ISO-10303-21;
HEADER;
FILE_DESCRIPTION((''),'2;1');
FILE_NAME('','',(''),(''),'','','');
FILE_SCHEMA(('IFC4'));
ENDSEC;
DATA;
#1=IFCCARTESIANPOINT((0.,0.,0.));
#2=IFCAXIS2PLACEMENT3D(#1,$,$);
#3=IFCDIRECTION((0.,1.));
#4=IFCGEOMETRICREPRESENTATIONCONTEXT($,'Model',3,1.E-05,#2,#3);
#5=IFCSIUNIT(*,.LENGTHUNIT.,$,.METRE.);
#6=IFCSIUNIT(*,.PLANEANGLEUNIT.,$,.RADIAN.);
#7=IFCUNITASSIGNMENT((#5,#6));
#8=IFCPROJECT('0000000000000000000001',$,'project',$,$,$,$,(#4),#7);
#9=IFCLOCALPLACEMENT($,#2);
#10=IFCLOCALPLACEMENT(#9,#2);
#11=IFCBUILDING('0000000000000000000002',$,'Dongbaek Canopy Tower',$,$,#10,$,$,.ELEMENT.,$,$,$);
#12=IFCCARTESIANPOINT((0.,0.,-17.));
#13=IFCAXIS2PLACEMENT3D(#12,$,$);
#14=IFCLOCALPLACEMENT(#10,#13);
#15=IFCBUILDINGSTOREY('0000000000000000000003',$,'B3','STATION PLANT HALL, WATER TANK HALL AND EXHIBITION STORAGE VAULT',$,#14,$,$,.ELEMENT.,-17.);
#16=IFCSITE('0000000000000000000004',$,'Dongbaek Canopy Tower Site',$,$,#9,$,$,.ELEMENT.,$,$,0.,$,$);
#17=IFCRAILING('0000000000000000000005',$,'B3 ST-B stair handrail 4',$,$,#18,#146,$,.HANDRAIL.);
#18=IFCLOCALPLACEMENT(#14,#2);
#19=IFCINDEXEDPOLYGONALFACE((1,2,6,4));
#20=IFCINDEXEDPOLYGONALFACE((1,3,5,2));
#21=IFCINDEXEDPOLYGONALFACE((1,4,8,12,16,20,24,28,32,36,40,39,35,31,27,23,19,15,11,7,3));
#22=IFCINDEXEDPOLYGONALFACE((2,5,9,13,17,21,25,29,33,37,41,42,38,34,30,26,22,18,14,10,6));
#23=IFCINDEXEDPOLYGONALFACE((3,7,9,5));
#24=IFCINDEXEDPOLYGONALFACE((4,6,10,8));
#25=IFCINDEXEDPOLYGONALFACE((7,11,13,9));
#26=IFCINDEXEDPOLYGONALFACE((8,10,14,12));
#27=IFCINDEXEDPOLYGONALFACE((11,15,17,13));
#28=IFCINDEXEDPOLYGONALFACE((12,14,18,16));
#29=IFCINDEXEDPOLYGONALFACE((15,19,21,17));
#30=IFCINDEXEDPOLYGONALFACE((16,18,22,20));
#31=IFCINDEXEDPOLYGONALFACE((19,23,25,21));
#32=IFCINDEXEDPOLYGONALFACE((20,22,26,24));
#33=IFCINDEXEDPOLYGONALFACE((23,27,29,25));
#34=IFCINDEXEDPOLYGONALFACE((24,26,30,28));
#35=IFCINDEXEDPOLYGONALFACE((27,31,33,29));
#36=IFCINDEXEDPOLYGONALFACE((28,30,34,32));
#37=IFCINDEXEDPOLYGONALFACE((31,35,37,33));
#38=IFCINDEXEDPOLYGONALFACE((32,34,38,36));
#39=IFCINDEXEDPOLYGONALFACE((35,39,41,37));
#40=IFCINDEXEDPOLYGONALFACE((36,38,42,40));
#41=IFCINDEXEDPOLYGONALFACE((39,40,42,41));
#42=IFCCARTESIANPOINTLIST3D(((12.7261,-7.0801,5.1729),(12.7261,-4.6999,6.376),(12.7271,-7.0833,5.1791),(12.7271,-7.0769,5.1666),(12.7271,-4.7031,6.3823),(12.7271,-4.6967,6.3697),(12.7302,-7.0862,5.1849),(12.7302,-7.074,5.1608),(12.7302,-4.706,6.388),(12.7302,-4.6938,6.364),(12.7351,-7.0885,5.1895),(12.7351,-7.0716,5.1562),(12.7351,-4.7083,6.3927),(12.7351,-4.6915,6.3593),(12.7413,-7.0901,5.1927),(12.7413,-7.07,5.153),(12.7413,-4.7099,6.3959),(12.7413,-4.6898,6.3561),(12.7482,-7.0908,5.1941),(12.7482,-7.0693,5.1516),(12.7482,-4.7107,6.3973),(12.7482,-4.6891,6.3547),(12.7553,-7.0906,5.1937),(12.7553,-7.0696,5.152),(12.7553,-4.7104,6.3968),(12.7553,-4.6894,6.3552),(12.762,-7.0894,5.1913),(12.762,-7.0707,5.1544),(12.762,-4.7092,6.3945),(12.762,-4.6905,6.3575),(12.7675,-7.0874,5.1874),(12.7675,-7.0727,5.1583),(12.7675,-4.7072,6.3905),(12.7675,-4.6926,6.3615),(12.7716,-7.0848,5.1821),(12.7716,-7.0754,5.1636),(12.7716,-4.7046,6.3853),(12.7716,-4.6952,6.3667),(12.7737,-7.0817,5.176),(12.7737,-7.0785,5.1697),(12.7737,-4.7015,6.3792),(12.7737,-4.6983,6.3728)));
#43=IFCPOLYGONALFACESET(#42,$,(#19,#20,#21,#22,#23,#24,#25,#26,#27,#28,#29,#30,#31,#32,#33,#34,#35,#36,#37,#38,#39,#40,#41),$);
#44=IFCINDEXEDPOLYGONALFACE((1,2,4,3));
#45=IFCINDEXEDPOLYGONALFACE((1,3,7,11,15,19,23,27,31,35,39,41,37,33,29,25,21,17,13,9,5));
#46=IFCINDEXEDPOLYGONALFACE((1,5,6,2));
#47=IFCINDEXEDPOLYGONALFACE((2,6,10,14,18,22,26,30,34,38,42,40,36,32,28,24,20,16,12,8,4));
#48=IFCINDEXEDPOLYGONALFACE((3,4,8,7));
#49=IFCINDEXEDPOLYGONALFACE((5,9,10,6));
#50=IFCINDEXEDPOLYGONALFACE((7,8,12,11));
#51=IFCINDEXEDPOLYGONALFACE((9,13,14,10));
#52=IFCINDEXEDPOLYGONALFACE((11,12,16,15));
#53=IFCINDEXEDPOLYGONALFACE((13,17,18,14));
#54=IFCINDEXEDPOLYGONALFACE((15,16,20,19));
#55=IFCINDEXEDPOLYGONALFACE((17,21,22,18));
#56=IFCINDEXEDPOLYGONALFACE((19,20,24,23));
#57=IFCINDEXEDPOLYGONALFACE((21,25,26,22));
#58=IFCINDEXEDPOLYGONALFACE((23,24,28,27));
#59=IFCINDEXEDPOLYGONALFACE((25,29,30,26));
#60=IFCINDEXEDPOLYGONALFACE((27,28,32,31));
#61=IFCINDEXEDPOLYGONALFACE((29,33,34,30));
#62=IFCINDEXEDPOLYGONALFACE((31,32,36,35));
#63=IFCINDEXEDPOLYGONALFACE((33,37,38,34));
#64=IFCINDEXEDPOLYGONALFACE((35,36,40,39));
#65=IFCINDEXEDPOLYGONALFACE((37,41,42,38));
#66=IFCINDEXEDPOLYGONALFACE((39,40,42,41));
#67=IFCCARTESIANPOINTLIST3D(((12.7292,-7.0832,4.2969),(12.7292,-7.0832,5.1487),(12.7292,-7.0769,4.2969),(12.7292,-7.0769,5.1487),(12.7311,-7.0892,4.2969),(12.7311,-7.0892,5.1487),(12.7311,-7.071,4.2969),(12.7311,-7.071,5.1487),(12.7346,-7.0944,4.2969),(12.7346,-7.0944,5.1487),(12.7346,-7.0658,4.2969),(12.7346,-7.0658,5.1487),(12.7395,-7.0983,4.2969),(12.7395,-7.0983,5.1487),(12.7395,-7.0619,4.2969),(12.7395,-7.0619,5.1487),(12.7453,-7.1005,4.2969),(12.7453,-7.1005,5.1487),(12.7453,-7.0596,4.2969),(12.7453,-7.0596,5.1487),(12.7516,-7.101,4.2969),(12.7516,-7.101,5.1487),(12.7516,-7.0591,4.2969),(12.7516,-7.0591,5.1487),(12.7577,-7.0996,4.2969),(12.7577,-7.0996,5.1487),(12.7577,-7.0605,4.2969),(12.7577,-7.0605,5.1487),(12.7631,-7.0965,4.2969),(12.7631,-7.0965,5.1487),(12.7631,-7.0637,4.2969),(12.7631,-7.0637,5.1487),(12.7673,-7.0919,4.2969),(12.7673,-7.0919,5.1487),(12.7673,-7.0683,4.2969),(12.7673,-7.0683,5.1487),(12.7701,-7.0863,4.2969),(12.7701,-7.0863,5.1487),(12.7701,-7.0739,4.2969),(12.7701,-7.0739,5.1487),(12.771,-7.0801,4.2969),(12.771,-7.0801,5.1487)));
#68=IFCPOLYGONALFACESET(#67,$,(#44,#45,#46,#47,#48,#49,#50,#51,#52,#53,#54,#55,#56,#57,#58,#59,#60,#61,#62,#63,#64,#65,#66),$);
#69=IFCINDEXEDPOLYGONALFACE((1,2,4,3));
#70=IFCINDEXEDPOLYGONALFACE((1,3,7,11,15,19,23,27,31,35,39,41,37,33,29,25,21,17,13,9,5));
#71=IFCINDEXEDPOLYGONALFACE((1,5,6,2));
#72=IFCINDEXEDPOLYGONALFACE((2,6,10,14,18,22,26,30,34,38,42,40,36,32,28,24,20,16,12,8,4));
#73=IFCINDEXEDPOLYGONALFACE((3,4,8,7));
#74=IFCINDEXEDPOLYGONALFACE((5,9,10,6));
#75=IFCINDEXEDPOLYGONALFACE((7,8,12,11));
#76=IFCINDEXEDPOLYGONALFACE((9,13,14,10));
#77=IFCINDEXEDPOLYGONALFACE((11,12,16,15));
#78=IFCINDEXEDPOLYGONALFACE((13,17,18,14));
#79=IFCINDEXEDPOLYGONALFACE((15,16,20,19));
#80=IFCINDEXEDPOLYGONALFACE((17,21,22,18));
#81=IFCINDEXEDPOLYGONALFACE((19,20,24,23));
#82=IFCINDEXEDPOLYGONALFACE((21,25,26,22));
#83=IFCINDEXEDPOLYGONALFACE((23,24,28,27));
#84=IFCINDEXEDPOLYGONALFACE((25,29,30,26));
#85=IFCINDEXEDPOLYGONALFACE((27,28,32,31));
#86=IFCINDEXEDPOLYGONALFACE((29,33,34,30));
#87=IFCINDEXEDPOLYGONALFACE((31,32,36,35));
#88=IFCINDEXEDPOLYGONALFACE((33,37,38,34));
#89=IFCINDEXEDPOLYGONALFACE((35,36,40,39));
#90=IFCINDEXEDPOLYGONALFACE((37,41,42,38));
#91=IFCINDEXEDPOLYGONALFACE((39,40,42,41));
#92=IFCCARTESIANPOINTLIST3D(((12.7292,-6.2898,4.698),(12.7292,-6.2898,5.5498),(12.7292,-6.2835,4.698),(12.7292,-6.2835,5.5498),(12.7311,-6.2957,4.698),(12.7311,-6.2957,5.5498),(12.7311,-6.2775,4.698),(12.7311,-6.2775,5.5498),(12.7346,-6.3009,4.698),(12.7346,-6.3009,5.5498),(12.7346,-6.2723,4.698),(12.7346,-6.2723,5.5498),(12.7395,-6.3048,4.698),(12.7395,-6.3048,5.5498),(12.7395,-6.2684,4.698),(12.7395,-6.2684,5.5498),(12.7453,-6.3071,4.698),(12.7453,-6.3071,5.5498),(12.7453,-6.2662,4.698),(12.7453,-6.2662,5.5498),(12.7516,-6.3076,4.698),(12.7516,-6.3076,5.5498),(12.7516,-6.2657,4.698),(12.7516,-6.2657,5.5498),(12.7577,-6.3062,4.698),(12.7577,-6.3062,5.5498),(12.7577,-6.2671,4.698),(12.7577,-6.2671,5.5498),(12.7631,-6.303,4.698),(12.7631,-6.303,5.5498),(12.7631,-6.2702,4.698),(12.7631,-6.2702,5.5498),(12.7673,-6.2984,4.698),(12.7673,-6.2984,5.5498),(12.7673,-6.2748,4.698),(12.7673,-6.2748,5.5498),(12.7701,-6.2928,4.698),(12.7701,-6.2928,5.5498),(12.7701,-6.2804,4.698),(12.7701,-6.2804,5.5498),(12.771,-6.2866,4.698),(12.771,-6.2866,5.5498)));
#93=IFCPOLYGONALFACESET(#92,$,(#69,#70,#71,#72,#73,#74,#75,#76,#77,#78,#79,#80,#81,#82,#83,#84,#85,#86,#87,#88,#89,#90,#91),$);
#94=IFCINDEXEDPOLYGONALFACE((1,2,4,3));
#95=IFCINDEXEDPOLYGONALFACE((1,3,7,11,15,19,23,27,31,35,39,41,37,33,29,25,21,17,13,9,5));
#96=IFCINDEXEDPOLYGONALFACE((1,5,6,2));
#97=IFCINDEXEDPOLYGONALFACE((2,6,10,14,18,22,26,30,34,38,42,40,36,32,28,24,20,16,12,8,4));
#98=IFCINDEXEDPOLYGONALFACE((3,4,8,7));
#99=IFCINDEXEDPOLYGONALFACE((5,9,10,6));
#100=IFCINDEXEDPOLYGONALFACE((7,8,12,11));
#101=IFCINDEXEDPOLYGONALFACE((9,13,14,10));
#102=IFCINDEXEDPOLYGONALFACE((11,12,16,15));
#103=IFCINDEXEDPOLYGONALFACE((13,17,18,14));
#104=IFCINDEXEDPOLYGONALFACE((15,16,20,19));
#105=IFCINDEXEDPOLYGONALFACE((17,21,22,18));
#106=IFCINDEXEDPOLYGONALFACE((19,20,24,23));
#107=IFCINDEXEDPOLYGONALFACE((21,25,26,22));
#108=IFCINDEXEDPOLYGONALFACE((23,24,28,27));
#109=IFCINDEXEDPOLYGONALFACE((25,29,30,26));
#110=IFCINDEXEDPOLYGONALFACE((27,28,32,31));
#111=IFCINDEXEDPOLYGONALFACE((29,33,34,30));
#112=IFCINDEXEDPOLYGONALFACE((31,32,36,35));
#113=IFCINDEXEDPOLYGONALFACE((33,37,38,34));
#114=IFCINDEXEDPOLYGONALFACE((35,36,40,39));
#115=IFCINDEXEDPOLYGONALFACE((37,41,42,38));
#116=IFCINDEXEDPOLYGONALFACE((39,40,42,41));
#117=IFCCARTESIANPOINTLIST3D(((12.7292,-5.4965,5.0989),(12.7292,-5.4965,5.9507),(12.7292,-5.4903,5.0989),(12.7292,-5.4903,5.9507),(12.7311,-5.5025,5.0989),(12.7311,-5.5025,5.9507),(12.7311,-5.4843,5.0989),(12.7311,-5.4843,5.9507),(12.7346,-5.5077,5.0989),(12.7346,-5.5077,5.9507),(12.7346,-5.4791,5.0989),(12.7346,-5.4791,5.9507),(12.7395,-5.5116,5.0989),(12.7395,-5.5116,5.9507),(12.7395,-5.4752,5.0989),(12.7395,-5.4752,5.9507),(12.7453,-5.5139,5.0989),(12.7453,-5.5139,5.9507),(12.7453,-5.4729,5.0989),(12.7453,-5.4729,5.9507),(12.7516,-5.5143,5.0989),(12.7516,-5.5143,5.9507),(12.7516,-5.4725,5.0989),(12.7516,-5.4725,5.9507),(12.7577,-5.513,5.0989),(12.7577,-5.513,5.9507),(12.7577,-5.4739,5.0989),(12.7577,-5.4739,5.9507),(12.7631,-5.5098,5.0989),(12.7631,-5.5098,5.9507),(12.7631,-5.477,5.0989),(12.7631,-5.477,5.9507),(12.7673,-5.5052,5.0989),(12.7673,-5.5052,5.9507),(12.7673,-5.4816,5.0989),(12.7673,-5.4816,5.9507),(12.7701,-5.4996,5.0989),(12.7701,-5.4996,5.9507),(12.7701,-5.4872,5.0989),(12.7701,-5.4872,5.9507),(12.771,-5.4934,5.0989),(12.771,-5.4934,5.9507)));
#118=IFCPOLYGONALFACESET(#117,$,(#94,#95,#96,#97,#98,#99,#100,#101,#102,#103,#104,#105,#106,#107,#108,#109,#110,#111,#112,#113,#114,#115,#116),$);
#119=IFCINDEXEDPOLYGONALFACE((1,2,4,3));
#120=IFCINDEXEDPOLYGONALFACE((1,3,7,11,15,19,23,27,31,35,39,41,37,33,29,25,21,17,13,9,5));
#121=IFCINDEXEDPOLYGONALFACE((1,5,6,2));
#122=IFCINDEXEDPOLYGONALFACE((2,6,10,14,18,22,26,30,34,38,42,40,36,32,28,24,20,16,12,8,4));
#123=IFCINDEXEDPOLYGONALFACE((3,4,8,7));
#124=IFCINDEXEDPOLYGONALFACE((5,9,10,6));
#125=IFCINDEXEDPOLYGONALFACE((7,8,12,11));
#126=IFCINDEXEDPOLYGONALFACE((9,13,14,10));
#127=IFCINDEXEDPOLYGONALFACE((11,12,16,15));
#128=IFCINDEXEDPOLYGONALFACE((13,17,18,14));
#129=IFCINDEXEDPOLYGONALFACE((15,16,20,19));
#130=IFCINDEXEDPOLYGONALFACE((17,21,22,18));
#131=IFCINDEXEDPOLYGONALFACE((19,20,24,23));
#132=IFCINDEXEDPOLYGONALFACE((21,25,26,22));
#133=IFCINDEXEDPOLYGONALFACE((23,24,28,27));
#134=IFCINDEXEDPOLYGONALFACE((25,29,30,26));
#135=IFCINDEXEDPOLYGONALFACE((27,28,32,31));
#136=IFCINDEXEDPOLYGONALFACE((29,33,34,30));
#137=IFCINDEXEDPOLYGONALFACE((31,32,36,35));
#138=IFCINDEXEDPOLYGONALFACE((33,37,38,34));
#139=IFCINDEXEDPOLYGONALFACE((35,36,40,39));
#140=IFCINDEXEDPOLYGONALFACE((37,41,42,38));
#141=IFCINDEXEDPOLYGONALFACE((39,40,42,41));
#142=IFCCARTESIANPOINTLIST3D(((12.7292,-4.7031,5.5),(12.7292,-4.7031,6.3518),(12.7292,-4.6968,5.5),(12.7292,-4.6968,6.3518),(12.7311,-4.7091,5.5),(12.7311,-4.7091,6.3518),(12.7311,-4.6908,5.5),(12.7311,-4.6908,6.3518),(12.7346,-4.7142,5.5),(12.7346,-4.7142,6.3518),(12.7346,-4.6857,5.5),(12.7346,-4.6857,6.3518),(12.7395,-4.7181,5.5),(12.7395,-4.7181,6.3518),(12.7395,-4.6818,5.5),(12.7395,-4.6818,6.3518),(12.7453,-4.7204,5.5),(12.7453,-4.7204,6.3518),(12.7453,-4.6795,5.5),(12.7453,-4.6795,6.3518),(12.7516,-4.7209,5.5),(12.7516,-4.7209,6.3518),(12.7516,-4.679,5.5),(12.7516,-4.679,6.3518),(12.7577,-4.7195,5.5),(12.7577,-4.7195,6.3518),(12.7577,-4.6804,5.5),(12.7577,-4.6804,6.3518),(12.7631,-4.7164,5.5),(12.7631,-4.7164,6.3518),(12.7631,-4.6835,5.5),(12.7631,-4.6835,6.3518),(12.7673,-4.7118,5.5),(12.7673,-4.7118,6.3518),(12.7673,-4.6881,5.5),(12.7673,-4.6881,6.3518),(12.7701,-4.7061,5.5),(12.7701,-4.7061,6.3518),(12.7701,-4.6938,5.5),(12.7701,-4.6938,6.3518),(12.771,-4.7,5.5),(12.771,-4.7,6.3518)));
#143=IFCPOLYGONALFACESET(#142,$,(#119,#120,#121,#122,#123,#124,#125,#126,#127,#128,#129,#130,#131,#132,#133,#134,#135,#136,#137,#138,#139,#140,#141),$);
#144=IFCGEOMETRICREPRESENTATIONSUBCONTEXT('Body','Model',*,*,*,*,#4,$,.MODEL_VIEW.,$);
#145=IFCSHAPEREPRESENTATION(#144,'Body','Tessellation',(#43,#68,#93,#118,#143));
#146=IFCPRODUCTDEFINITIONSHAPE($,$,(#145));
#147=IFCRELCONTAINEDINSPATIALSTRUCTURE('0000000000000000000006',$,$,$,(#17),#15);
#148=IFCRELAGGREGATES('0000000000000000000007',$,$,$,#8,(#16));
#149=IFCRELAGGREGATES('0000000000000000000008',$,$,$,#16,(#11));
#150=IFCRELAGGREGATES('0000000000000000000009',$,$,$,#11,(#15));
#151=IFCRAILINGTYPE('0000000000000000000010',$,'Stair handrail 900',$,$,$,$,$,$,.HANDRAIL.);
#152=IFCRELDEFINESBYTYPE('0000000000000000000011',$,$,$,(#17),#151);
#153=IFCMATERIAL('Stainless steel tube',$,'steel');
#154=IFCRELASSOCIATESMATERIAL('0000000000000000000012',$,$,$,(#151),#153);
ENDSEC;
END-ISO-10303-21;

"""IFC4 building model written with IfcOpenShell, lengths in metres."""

from ifc_helpers import new_model, si_unit, direction, frame, origin, origin_2d, place, context, subcontext, project, spatial, circle, extrude, material, type_object, element, save


model = new_model("IFC4")

# Units and contexts
model_context = context("Model", 3, precision=1e-05, world=origin(), true_north=direction((0.0, 1.0)))
body_context = subcontext(model_context, "Body", "Model", "MODEL_VIEW")
ifc_project = project(units=[si_unit("LENGTHUNIT", "METRE"), si_unit("PLANEANGLEUNIT", "RADIAN")], contexts=[model_context])

# Site, building, storey
site_placement = place(None, origin())
site = spatial("IfcSite", under=ifc_project, at=site_placement, Name="Dongbaek Canopy Tower Site", CompositionType="ELEMENT", RefElevation=0.0)
building_placement = place(site_placement, origin())
building = spatial("IfcBuilding", under=site, at=building_placement, Name="Dongbaek Canopy Tower", CompositionType="ELEMENT")
storey_placement = place(building_placement, frame((0.0, 0.0, -17.0)))
storey = spatial("IfcBuildingStorey", under=building, at=storey_placement, Name="B3", Description="STATION PLANT HALL, WATER TANK HALL AND EXHIBITION STORAGE VAULT", CompositionType="ELEMENT", Elevation=-17.0)

# Railing
ifc_material_1 = material(Name="Stainless steel tube", Category="steel")
railing_type_1 = type_object("IfcRailingType", Name="Stair handrail 900", PredefinedType="HANDRAIL", material=ifc_material_1)
for number, where, name in (
    (1, (12.75, -7.0801, 4.2969), "B3 ST-B stair handrail 4"),
):
    element("IfcRailing", number, at=place(storey_placement, frame(where)), inside=storey, type_object=railing_type_1, Name=name, PredefinedType="HANDRAIL", context=body_context, shape_type="SweptSolid", body=[
        extrude(circle(Radius=0.0239, at=origin_2d()), frame((0.0, 0.0, 0.876), z_axis=(0.0, 0.89246, 0.451127), x_axis=(-1.0, 0.0, 0.0)), (0.0, 0.0, 1.0), 2.667),
        extrude(circle(Radius=0.021, at=origin_2d()), origin(), (0.0, 0.0, 1.0), 0.8518),
        extrude(circle(Radius=0.021, at=origin_2d()), frame((0.0, 0.7935, 0.4011)), (0.0, 0.0, 1.0), 0.8518),
        extrude(circle(Radius=0.021, at=origin_2d()), frame((0.0, 1.5867, 0.802)), (0.0, 0.0, 1.0), 0.8518),
        extrude(circle(Radius=0.021, at=origin_2d()), frame((0.0, 2.3801, 1.2031)), (0.0, 0.0, 1.0), 0.8518),
    ])

save(model, "model.ifc")
